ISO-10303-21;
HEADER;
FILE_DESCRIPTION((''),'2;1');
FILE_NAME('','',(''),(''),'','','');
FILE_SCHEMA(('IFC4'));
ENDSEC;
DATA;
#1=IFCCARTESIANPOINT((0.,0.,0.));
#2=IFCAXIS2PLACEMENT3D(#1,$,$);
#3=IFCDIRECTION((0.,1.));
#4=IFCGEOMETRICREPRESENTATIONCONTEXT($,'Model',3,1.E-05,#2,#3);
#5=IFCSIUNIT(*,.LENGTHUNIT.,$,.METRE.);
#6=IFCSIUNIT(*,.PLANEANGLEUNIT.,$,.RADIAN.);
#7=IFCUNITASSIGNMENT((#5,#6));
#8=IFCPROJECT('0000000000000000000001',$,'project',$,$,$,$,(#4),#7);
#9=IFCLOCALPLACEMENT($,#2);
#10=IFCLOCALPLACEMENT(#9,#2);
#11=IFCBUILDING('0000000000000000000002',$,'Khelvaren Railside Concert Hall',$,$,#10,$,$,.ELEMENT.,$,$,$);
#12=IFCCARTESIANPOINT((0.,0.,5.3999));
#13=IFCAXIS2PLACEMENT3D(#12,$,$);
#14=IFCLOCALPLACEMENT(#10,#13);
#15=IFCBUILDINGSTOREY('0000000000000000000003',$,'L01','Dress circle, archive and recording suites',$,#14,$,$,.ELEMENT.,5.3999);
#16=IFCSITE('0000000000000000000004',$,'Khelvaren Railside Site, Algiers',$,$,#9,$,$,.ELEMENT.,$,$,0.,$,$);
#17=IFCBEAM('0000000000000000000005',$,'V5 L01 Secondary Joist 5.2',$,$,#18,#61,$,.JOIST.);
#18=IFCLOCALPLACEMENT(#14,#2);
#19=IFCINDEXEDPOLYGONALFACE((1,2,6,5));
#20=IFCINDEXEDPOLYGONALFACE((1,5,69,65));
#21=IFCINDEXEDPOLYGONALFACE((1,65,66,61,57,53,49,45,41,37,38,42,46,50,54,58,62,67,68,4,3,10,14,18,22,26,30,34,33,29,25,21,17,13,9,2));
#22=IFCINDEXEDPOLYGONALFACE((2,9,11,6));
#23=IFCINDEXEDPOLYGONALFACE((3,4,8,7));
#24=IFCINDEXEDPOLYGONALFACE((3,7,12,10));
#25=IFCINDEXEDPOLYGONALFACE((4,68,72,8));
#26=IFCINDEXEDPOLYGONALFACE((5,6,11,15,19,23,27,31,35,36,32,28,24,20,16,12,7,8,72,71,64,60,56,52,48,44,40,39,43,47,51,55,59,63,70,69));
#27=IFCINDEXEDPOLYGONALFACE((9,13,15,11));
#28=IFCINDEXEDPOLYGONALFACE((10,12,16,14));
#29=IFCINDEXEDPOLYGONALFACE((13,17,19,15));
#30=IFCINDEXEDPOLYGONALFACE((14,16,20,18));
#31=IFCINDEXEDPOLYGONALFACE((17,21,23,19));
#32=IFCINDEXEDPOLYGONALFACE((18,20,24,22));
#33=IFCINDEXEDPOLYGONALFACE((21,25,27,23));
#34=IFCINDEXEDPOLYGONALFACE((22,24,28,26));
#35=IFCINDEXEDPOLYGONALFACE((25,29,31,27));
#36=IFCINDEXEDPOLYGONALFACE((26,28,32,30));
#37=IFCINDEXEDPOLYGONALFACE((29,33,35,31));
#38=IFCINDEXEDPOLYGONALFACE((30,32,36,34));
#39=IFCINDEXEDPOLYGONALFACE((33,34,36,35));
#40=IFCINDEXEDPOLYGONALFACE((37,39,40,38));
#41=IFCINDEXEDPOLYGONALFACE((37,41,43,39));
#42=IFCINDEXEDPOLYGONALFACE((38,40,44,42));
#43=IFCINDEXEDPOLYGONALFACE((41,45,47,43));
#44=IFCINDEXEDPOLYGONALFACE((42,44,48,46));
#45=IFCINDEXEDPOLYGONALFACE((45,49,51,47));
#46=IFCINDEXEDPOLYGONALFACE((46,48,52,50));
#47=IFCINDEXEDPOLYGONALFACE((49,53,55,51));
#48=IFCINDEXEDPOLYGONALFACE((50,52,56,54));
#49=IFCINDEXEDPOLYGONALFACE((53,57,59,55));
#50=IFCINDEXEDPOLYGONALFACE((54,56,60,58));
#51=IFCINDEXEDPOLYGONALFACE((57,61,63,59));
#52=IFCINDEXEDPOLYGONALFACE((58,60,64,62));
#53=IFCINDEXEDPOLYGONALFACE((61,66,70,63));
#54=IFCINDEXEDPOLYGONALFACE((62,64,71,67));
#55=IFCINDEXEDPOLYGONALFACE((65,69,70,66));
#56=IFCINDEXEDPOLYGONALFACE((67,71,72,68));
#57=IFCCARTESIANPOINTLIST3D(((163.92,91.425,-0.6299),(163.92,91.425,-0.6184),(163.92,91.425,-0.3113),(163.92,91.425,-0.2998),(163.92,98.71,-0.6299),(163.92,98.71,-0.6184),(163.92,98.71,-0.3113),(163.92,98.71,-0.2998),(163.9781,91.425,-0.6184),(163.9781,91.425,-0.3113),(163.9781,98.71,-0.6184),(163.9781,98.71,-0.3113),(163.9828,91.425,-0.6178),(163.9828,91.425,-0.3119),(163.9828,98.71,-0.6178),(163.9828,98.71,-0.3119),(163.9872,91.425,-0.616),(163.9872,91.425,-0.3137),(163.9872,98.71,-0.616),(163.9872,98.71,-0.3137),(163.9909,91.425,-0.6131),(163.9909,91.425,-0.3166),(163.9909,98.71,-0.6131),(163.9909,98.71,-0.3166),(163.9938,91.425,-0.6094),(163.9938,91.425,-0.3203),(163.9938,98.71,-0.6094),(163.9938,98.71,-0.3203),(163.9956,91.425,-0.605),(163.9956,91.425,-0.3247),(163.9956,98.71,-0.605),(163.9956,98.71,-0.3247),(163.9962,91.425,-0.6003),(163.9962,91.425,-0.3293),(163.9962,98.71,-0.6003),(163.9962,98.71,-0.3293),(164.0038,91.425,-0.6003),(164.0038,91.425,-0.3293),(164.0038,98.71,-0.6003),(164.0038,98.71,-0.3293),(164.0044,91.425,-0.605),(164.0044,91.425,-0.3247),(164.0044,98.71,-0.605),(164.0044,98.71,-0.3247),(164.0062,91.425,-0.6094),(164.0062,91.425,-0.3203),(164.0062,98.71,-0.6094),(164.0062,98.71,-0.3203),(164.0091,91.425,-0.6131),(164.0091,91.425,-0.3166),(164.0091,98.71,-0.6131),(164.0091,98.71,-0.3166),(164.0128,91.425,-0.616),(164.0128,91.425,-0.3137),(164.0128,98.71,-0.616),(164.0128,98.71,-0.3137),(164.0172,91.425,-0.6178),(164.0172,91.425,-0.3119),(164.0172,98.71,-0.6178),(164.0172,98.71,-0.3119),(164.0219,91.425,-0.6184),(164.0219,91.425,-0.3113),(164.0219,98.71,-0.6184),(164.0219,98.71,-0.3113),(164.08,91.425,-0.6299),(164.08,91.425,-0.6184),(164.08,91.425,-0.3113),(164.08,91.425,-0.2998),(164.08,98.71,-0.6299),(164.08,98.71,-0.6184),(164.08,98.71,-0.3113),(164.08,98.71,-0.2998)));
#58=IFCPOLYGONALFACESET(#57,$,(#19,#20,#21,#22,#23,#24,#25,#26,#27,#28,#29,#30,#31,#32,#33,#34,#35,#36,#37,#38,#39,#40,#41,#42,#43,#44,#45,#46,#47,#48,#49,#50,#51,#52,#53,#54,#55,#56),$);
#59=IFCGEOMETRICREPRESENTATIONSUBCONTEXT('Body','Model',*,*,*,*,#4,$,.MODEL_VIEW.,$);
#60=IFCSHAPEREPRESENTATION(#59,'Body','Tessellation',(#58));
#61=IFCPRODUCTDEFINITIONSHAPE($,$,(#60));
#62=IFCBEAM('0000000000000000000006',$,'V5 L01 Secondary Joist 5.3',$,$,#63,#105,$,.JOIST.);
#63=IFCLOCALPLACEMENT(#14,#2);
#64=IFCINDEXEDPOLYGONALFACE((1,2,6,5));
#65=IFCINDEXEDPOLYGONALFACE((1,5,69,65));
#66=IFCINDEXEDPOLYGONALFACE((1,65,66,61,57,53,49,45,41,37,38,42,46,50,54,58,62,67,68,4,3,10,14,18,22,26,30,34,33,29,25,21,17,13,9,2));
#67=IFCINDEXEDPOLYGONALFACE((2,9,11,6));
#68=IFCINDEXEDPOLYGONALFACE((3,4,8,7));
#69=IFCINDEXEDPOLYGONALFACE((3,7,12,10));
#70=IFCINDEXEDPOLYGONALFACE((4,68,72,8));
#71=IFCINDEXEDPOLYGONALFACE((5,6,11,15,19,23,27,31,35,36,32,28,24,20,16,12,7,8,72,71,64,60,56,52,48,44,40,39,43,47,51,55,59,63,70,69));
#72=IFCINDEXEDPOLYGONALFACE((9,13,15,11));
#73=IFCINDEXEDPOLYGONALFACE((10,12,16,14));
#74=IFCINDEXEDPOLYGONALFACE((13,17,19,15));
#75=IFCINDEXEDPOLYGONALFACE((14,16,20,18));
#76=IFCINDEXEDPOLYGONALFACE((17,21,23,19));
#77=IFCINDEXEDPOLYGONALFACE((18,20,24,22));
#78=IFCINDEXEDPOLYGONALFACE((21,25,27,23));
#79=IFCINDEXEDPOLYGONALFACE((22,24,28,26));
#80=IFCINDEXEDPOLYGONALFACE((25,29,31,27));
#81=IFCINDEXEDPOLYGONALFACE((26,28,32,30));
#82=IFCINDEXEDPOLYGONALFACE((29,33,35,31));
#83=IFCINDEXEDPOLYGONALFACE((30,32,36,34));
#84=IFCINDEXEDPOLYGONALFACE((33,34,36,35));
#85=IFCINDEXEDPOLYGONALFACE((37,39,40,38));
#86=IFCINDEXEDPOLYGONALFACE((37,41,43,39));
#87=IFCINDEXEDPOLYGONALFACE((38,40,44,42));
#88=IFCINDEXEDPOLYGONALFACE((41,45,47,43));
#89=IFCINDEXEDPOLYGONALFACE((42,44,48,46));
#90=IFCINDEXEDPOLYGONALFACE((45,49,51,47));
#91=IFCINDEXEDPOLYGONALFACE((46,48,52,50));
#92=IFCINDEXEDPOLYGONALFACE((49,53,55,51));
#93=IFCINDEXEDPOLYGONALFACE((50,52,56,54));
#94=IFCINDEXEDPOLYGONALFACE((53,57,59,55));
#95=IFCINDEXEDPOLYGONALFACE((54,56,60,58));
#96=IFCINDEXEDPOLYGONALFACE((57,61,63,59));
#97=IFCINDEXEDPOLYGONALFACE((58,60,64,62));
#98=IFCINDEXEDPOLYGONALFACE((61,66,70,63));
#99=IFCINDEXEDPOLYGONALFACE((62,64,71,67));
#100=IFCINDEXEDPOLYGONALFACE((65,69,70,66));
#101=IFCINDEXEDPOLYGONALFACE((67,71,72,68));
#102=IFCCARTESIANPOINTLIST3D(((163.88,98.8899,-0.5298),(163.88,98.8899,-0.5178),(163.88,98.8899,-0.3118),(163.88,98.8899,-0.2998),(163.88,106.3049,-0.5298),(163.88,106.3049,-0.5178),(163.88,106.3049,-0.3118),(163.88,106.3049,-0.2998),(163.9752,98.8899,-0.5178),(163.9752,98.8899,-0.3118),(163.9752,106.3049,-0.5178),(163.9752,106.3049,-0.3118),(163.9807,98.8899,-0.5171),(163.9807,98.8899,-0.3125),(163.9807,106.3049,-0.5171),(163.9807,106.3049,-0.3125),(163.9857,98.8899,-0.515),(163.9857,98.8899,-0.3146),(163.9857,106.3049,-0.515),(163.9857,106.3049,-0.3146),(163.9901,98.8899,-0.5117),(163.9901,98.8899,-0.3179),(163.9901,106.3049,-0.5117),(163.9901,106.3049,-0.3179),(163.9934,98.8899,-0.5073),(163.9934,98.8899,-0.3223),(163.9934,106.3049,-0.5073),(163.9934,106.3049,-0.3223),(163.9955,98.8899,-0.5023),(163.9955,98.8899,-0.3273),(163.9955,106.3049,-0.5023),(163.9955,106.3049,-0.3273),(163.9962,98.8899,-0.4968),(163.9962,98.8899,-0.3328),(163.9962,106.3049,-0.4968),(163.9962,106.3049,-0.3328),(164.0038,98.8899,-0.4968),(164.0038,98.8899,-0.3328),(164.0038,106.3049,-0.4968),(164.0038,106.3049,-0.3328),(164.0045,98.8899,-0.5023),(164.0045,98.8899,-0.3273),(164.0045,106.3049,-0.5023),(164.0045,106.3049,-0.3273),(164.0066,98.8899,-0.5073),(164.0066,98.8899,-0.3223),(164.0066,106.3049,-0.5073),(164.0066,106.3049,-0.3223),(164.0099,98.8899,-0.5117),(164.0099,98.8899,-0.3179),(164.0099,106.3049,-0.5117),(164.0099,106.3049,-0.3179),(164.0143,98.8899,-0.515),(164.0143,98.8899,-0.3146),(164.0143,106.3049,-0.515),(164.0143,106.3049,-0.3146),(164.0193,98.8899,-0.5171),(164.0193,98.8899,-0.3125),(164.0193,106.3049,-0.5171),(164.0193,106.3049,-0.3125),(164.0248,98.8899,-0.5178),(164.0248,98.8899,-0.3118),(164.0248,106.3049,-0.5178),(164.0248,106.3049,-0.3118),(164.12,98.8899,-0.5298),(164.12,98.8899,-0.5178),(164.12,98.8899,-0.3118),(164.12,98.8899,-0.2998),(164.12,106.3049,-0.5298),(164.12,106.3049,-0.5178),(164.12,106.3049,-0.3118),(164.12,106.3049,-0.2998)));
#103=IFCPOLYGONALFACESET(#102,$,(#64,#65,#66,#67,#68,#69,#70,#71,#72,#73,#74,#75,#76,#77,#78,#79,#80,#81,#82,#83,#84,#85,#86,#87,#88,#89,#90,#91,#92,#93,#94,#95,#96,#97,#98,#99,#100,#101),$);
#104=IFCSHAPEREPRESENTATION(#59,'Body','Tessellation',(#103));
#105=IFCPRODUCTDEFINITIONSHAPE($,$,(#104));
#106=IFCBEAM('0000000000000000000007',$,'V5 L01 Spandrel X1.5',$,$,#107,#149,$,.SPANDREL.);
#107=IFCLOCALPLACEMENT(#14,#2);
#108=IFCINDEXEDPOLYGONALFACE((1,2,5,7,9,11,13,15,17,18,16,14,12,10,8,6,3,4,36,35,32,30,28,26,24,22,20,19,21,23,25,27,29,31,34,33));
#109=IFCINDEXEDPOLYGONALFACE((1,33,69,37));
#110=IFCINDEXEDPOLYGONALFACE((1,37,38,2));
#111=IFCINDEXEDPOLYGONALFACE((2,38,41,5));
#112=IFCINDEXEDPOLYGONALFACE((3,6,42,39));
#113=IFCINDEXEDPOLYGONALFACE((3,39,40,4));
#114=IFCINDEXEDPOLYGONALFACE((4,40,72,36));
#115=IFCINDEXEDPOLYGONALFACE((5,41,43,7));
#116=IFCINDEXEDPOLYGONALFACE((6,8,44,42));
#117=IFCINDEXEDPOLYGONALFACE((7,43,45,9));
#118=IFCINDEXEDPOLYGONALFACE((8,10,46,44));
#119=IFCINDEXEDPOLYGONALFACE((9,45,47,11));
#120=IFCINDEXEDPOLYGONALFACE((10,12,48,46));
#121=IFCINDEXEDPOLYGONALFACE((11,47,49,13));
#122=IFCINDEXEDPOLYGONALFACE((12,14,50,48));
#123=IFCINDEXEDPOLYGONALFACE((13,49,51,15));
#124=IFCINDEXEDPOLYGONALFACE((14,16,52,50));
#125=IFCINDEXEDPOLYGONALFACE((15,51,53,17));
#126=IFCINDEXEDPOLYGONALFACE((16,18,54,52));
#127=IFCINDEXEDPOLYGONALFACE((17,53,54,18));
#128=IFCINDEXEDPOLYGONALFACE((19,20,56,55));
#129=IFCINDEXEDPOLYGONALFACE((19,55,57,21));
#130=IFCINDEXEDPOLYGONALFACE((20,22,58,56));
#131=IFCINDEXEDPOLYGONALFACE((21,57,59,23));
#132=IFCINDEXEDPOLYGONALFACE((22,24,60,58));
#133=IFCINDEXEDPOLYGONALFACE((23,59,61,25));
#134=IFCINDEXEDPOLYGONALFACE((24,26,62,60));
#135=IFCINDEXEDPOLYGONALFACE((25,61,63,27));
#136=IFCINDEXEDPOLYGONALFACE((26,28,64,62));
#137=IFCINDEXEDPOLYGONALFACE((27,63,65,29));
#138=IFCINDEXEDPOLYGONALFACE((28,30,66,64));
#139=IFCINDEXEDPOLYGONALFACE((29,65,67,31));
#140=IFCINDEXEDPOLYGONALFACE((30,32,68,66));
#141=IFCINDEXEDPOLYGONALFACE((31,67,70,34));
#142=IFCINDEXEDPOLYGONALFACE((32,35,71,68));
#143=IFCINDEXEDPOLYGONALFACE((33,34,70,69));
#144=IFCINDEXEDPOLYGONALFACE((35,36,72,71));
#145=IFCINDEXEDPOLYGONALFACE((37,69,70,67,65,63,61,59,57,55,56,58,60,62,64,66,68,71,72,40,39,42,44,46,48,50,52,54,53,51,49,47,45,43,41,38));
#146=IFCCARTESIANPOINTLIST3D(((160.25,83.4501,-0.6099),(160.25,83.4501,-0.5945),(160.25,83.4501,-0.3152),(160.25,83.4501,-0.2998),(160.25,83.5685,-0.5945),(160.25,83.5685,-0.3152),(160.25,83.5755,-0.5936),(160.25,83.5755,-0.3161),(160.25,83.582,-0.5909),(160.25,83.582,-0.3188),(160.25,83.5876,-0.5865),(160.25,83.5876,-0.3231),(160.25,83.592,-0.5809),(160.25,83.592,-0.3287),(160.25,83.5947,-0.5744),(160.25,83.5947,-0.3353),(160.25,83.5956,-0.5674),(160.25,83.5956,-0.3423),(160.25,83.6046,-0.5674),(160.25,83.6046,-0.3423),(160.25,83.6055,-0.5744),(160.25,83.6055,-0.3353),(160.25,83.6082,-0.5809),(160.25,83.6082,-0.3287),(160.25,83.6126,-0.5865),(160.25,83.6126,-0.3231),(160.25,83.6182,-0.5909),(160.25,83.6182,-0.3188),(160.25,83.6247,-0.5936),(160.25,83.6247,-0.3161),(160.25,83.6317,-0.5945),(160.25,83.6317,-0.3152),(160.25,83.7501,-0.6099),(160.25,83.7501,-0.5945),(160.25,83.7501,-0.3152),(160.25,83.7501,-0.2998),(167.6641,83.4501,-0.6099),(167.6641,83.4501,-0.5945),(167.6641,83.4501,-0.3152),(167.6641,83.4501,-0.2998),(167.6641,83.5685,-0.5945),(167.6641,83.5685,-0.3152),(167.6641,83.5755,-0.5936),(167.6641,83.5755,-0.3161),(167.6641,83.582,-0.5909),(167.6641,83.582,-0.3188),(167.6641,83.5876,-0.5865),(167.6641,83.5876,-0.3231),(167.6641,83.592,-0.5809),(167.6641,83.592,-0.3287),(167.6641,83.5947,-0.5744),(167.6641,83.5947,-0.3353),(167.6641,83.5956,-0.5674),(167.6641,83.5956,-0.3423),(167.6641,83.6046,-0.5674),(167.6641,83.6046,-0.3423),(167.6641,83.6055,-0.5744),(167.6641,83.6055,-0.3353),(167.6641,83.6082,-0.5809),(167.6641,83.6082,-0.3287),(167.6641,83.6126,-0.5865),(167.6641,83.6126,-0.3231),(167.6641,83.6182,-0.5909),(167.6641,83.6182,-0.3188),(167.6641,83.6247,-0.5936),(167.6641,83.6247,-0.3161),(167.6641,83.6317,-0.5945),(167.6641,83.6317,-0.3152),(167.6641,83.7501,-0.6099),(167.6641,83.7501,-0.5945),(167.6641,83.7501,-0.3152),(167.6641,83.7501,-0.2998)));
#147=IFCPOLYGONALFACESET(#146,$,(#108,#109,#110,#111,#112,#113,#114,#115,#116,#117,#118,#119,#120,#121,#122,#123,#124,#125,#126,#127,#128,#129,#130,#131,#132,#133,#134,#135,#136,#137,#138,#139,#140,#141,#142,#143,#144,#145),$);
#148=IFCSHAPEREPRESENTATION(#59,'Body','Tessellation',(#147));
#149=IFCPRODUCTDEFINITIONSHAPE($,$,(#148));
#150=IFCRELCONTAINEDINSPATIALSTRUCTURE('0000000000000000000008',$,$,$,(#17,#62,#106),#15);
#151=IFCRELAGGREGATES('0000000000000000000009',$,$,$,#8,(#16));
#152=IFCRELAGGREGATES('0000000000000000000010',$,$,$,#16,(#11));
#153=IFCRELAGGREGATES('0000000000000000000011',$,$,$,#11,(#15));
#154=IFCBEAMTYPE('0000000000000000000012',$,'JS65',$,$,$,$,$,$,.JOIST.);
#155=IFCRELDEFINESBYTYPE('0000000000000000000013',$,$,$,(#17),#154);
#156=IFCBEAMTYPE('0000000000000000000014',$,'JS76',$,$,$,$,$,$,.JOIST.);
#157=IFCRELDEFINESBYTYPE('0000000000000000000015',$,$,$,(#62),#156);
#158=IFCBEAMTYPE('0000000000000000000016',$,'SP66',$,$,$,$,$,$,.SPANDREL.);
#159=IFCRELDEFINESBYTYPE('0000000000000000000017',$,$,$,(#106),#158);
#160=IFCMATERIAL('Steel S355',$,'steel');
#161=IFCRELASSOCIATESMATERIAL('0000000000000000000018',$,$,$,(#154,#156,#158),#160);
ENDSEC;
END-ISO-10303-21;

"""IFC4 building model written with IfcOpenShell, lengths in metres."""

from ifc_helpers import new_model, si_unit, direction, frame, origin, origin_2d, place, context, subcontext, project, spatial, i_section, extrude, material, material_profile, profile_set, type_object, element, save


model = new_model("IFC4")

# Units and contexts
model_context = context("Model", 3, precision=1e-05, world=origin(), true_north=direction((0.0, 1.0)))
body_context = subcontext(model_context, "Body", "Model", "MODEL_VIEW")
ifc_project = project(units=[si_unit("LENGTHUNIT", "METRE"), si_unit("PLANEANGLEUNIT", "RADIAN")], contexts=[model_context])

# Site, building, storey
site_placement = place(None, origin())
site = spatial("IfcSite", under=ifc_project, at=site_placement, Name="Khelvaren Railside Site, Algiers", CompositionType="ELEMENT", RefElevation=0.0)
building_placement = place(site_placement, origin())
building = spatial("IfcBuilding", under=site, at=building_placement, Name="Khelvaren Railside Concert Hall", CompositionType="ELEMENT")
storey_placement = place(building_placement, frame((0.0, 0.0, 5.3999)))
storey = spatial("IfcBuildingStorey", under=building, at=storey_placement, Name="L01", Description="Dress circle, archive and recording suites", CompositionType="ELEMENT", Elevation=5.3999)

# Shared definitions
ifc_material_1 = material(Name="Steel S355", Category="steel")

# Beams
ifc_material_profile_1 = material_profile(ifc_material_1, i_section(OverallWidth=0.1599, OverallDepth=0.3301, WebThickness=0.0076, FlangeThickness=0.0115, FilletRadius=0.0181, at=origin_2d()), Name="IPE 330")
ifc_profile_set_1 = profile_set([ifc_material_profile_1], Name="Steel S355")
beam_type_1 = type_object("IfcBeamType", Name="JS65", PredefinedType="JOIST", material=ifc_profile_set_1)
beam_1_placement = place(storey_placement, frame((164.0, 91.425, -0.4648), z_axis=(0.0, 1.0, 0.0), x_axis=(-1.0, 0.0, 0.0)))
element("IfcBeam", 1, at=beam_1_placement, inside=storey, type_object=beam_type_1, Name="V5 L01 Secondary Joist 5.2", PredefinedType="JOIST", context=body_context, shape_type="SweptSolid", body=[
    extrude(i_section(OverallWidth=0.1599, OverallDepth=0.3301, WebThickness=0.0076, FlangeThickness=0.0115, FilletRadius=0.0181, at=origin_2d()), origin(), (0.0, 0.0, 1.0), 7.2849),
])
ifc_material_profile_2 = material_profile(ifc_material_1, i_section(OverallWidth=0.24, OverallDepth=0.23, WebThickness=0.0076, FlangeThickness=0.012, FilletRadius=0.021, at=origin_2d()), Name="HEA 240")
ifc_profile_set_2 = profile_set([ifc_material_profile_2], Name="Steel S355")
beam_type_2 = type_object("IfcBeamType", Name="JS76", PredefinedType="JOIST", material=ifc_profile_set_2)
beam_2_placement = place(storey_placement, frame((164.0, 98.8899, -0.4148), z_axis=(0.0, 1.0, 0.0), x_axis=(-1.0, 0.0, 0.0)))
element("IfcBeam", 2, at=beam_2_placement, inside=storey, type_object=beam_type_2, Name="V5 L01 Secondary Joist 5.3", PredefinedType="JOIST", context=body_context, shape_type="SweptSolid", body=[
    extrude(i_section(OverallWidth=0.24, OverallDepth=0.23, WebThickness=0.0076, FlangeThickness=0.012, FilletRadius=0.021, at=origin_2d()), origin(), (0.0, 0.0, 1.0), 7.415),
])
ifc_material_profile_3 = material_profile(ifc_material_1, i_section(OverallWidth=0.3, OverallDepth=0.3101, WebThickness=0.009, FlangeThickness=0.0154, FilletRadius=0.0271, at=origin_2d()), Name="HEA 320")
ifc_profile_set_3 = profile_set([ifc_material_profile_3], Name="Steel S355")
beam_type_3 = type_object("IfcBeamType", Name="SP66", PredefinedType="SPANDREL", material=ifc_profile_set_3)
beam_3_placement = place(storey_placement, frame((160.25, 83.6001, -0.4548), z_axis=(1.0, 0.0, 0.0), x_axis=(0.0, 1.0, 0.0)))
element("IfcBeam", 3, at=beam_3_placement, inside=storey, type_object=beam_type_3, Name="V5 L01 Spandrel X1.5", PredefinedType="SPANDREL", context=body_context, shape_type="SweptSolid", body=[
    extrude(i_section(OverallWidth=0.3, OverallDepth=0.3101, WebThickness=0.009, FlangeThickness=0.0154, FilletRadius=0.0271, at=origin_2d()), origin(), (0.0, 0.0, 1.0), 7.4141),
])

save(model, "model.ifc")
